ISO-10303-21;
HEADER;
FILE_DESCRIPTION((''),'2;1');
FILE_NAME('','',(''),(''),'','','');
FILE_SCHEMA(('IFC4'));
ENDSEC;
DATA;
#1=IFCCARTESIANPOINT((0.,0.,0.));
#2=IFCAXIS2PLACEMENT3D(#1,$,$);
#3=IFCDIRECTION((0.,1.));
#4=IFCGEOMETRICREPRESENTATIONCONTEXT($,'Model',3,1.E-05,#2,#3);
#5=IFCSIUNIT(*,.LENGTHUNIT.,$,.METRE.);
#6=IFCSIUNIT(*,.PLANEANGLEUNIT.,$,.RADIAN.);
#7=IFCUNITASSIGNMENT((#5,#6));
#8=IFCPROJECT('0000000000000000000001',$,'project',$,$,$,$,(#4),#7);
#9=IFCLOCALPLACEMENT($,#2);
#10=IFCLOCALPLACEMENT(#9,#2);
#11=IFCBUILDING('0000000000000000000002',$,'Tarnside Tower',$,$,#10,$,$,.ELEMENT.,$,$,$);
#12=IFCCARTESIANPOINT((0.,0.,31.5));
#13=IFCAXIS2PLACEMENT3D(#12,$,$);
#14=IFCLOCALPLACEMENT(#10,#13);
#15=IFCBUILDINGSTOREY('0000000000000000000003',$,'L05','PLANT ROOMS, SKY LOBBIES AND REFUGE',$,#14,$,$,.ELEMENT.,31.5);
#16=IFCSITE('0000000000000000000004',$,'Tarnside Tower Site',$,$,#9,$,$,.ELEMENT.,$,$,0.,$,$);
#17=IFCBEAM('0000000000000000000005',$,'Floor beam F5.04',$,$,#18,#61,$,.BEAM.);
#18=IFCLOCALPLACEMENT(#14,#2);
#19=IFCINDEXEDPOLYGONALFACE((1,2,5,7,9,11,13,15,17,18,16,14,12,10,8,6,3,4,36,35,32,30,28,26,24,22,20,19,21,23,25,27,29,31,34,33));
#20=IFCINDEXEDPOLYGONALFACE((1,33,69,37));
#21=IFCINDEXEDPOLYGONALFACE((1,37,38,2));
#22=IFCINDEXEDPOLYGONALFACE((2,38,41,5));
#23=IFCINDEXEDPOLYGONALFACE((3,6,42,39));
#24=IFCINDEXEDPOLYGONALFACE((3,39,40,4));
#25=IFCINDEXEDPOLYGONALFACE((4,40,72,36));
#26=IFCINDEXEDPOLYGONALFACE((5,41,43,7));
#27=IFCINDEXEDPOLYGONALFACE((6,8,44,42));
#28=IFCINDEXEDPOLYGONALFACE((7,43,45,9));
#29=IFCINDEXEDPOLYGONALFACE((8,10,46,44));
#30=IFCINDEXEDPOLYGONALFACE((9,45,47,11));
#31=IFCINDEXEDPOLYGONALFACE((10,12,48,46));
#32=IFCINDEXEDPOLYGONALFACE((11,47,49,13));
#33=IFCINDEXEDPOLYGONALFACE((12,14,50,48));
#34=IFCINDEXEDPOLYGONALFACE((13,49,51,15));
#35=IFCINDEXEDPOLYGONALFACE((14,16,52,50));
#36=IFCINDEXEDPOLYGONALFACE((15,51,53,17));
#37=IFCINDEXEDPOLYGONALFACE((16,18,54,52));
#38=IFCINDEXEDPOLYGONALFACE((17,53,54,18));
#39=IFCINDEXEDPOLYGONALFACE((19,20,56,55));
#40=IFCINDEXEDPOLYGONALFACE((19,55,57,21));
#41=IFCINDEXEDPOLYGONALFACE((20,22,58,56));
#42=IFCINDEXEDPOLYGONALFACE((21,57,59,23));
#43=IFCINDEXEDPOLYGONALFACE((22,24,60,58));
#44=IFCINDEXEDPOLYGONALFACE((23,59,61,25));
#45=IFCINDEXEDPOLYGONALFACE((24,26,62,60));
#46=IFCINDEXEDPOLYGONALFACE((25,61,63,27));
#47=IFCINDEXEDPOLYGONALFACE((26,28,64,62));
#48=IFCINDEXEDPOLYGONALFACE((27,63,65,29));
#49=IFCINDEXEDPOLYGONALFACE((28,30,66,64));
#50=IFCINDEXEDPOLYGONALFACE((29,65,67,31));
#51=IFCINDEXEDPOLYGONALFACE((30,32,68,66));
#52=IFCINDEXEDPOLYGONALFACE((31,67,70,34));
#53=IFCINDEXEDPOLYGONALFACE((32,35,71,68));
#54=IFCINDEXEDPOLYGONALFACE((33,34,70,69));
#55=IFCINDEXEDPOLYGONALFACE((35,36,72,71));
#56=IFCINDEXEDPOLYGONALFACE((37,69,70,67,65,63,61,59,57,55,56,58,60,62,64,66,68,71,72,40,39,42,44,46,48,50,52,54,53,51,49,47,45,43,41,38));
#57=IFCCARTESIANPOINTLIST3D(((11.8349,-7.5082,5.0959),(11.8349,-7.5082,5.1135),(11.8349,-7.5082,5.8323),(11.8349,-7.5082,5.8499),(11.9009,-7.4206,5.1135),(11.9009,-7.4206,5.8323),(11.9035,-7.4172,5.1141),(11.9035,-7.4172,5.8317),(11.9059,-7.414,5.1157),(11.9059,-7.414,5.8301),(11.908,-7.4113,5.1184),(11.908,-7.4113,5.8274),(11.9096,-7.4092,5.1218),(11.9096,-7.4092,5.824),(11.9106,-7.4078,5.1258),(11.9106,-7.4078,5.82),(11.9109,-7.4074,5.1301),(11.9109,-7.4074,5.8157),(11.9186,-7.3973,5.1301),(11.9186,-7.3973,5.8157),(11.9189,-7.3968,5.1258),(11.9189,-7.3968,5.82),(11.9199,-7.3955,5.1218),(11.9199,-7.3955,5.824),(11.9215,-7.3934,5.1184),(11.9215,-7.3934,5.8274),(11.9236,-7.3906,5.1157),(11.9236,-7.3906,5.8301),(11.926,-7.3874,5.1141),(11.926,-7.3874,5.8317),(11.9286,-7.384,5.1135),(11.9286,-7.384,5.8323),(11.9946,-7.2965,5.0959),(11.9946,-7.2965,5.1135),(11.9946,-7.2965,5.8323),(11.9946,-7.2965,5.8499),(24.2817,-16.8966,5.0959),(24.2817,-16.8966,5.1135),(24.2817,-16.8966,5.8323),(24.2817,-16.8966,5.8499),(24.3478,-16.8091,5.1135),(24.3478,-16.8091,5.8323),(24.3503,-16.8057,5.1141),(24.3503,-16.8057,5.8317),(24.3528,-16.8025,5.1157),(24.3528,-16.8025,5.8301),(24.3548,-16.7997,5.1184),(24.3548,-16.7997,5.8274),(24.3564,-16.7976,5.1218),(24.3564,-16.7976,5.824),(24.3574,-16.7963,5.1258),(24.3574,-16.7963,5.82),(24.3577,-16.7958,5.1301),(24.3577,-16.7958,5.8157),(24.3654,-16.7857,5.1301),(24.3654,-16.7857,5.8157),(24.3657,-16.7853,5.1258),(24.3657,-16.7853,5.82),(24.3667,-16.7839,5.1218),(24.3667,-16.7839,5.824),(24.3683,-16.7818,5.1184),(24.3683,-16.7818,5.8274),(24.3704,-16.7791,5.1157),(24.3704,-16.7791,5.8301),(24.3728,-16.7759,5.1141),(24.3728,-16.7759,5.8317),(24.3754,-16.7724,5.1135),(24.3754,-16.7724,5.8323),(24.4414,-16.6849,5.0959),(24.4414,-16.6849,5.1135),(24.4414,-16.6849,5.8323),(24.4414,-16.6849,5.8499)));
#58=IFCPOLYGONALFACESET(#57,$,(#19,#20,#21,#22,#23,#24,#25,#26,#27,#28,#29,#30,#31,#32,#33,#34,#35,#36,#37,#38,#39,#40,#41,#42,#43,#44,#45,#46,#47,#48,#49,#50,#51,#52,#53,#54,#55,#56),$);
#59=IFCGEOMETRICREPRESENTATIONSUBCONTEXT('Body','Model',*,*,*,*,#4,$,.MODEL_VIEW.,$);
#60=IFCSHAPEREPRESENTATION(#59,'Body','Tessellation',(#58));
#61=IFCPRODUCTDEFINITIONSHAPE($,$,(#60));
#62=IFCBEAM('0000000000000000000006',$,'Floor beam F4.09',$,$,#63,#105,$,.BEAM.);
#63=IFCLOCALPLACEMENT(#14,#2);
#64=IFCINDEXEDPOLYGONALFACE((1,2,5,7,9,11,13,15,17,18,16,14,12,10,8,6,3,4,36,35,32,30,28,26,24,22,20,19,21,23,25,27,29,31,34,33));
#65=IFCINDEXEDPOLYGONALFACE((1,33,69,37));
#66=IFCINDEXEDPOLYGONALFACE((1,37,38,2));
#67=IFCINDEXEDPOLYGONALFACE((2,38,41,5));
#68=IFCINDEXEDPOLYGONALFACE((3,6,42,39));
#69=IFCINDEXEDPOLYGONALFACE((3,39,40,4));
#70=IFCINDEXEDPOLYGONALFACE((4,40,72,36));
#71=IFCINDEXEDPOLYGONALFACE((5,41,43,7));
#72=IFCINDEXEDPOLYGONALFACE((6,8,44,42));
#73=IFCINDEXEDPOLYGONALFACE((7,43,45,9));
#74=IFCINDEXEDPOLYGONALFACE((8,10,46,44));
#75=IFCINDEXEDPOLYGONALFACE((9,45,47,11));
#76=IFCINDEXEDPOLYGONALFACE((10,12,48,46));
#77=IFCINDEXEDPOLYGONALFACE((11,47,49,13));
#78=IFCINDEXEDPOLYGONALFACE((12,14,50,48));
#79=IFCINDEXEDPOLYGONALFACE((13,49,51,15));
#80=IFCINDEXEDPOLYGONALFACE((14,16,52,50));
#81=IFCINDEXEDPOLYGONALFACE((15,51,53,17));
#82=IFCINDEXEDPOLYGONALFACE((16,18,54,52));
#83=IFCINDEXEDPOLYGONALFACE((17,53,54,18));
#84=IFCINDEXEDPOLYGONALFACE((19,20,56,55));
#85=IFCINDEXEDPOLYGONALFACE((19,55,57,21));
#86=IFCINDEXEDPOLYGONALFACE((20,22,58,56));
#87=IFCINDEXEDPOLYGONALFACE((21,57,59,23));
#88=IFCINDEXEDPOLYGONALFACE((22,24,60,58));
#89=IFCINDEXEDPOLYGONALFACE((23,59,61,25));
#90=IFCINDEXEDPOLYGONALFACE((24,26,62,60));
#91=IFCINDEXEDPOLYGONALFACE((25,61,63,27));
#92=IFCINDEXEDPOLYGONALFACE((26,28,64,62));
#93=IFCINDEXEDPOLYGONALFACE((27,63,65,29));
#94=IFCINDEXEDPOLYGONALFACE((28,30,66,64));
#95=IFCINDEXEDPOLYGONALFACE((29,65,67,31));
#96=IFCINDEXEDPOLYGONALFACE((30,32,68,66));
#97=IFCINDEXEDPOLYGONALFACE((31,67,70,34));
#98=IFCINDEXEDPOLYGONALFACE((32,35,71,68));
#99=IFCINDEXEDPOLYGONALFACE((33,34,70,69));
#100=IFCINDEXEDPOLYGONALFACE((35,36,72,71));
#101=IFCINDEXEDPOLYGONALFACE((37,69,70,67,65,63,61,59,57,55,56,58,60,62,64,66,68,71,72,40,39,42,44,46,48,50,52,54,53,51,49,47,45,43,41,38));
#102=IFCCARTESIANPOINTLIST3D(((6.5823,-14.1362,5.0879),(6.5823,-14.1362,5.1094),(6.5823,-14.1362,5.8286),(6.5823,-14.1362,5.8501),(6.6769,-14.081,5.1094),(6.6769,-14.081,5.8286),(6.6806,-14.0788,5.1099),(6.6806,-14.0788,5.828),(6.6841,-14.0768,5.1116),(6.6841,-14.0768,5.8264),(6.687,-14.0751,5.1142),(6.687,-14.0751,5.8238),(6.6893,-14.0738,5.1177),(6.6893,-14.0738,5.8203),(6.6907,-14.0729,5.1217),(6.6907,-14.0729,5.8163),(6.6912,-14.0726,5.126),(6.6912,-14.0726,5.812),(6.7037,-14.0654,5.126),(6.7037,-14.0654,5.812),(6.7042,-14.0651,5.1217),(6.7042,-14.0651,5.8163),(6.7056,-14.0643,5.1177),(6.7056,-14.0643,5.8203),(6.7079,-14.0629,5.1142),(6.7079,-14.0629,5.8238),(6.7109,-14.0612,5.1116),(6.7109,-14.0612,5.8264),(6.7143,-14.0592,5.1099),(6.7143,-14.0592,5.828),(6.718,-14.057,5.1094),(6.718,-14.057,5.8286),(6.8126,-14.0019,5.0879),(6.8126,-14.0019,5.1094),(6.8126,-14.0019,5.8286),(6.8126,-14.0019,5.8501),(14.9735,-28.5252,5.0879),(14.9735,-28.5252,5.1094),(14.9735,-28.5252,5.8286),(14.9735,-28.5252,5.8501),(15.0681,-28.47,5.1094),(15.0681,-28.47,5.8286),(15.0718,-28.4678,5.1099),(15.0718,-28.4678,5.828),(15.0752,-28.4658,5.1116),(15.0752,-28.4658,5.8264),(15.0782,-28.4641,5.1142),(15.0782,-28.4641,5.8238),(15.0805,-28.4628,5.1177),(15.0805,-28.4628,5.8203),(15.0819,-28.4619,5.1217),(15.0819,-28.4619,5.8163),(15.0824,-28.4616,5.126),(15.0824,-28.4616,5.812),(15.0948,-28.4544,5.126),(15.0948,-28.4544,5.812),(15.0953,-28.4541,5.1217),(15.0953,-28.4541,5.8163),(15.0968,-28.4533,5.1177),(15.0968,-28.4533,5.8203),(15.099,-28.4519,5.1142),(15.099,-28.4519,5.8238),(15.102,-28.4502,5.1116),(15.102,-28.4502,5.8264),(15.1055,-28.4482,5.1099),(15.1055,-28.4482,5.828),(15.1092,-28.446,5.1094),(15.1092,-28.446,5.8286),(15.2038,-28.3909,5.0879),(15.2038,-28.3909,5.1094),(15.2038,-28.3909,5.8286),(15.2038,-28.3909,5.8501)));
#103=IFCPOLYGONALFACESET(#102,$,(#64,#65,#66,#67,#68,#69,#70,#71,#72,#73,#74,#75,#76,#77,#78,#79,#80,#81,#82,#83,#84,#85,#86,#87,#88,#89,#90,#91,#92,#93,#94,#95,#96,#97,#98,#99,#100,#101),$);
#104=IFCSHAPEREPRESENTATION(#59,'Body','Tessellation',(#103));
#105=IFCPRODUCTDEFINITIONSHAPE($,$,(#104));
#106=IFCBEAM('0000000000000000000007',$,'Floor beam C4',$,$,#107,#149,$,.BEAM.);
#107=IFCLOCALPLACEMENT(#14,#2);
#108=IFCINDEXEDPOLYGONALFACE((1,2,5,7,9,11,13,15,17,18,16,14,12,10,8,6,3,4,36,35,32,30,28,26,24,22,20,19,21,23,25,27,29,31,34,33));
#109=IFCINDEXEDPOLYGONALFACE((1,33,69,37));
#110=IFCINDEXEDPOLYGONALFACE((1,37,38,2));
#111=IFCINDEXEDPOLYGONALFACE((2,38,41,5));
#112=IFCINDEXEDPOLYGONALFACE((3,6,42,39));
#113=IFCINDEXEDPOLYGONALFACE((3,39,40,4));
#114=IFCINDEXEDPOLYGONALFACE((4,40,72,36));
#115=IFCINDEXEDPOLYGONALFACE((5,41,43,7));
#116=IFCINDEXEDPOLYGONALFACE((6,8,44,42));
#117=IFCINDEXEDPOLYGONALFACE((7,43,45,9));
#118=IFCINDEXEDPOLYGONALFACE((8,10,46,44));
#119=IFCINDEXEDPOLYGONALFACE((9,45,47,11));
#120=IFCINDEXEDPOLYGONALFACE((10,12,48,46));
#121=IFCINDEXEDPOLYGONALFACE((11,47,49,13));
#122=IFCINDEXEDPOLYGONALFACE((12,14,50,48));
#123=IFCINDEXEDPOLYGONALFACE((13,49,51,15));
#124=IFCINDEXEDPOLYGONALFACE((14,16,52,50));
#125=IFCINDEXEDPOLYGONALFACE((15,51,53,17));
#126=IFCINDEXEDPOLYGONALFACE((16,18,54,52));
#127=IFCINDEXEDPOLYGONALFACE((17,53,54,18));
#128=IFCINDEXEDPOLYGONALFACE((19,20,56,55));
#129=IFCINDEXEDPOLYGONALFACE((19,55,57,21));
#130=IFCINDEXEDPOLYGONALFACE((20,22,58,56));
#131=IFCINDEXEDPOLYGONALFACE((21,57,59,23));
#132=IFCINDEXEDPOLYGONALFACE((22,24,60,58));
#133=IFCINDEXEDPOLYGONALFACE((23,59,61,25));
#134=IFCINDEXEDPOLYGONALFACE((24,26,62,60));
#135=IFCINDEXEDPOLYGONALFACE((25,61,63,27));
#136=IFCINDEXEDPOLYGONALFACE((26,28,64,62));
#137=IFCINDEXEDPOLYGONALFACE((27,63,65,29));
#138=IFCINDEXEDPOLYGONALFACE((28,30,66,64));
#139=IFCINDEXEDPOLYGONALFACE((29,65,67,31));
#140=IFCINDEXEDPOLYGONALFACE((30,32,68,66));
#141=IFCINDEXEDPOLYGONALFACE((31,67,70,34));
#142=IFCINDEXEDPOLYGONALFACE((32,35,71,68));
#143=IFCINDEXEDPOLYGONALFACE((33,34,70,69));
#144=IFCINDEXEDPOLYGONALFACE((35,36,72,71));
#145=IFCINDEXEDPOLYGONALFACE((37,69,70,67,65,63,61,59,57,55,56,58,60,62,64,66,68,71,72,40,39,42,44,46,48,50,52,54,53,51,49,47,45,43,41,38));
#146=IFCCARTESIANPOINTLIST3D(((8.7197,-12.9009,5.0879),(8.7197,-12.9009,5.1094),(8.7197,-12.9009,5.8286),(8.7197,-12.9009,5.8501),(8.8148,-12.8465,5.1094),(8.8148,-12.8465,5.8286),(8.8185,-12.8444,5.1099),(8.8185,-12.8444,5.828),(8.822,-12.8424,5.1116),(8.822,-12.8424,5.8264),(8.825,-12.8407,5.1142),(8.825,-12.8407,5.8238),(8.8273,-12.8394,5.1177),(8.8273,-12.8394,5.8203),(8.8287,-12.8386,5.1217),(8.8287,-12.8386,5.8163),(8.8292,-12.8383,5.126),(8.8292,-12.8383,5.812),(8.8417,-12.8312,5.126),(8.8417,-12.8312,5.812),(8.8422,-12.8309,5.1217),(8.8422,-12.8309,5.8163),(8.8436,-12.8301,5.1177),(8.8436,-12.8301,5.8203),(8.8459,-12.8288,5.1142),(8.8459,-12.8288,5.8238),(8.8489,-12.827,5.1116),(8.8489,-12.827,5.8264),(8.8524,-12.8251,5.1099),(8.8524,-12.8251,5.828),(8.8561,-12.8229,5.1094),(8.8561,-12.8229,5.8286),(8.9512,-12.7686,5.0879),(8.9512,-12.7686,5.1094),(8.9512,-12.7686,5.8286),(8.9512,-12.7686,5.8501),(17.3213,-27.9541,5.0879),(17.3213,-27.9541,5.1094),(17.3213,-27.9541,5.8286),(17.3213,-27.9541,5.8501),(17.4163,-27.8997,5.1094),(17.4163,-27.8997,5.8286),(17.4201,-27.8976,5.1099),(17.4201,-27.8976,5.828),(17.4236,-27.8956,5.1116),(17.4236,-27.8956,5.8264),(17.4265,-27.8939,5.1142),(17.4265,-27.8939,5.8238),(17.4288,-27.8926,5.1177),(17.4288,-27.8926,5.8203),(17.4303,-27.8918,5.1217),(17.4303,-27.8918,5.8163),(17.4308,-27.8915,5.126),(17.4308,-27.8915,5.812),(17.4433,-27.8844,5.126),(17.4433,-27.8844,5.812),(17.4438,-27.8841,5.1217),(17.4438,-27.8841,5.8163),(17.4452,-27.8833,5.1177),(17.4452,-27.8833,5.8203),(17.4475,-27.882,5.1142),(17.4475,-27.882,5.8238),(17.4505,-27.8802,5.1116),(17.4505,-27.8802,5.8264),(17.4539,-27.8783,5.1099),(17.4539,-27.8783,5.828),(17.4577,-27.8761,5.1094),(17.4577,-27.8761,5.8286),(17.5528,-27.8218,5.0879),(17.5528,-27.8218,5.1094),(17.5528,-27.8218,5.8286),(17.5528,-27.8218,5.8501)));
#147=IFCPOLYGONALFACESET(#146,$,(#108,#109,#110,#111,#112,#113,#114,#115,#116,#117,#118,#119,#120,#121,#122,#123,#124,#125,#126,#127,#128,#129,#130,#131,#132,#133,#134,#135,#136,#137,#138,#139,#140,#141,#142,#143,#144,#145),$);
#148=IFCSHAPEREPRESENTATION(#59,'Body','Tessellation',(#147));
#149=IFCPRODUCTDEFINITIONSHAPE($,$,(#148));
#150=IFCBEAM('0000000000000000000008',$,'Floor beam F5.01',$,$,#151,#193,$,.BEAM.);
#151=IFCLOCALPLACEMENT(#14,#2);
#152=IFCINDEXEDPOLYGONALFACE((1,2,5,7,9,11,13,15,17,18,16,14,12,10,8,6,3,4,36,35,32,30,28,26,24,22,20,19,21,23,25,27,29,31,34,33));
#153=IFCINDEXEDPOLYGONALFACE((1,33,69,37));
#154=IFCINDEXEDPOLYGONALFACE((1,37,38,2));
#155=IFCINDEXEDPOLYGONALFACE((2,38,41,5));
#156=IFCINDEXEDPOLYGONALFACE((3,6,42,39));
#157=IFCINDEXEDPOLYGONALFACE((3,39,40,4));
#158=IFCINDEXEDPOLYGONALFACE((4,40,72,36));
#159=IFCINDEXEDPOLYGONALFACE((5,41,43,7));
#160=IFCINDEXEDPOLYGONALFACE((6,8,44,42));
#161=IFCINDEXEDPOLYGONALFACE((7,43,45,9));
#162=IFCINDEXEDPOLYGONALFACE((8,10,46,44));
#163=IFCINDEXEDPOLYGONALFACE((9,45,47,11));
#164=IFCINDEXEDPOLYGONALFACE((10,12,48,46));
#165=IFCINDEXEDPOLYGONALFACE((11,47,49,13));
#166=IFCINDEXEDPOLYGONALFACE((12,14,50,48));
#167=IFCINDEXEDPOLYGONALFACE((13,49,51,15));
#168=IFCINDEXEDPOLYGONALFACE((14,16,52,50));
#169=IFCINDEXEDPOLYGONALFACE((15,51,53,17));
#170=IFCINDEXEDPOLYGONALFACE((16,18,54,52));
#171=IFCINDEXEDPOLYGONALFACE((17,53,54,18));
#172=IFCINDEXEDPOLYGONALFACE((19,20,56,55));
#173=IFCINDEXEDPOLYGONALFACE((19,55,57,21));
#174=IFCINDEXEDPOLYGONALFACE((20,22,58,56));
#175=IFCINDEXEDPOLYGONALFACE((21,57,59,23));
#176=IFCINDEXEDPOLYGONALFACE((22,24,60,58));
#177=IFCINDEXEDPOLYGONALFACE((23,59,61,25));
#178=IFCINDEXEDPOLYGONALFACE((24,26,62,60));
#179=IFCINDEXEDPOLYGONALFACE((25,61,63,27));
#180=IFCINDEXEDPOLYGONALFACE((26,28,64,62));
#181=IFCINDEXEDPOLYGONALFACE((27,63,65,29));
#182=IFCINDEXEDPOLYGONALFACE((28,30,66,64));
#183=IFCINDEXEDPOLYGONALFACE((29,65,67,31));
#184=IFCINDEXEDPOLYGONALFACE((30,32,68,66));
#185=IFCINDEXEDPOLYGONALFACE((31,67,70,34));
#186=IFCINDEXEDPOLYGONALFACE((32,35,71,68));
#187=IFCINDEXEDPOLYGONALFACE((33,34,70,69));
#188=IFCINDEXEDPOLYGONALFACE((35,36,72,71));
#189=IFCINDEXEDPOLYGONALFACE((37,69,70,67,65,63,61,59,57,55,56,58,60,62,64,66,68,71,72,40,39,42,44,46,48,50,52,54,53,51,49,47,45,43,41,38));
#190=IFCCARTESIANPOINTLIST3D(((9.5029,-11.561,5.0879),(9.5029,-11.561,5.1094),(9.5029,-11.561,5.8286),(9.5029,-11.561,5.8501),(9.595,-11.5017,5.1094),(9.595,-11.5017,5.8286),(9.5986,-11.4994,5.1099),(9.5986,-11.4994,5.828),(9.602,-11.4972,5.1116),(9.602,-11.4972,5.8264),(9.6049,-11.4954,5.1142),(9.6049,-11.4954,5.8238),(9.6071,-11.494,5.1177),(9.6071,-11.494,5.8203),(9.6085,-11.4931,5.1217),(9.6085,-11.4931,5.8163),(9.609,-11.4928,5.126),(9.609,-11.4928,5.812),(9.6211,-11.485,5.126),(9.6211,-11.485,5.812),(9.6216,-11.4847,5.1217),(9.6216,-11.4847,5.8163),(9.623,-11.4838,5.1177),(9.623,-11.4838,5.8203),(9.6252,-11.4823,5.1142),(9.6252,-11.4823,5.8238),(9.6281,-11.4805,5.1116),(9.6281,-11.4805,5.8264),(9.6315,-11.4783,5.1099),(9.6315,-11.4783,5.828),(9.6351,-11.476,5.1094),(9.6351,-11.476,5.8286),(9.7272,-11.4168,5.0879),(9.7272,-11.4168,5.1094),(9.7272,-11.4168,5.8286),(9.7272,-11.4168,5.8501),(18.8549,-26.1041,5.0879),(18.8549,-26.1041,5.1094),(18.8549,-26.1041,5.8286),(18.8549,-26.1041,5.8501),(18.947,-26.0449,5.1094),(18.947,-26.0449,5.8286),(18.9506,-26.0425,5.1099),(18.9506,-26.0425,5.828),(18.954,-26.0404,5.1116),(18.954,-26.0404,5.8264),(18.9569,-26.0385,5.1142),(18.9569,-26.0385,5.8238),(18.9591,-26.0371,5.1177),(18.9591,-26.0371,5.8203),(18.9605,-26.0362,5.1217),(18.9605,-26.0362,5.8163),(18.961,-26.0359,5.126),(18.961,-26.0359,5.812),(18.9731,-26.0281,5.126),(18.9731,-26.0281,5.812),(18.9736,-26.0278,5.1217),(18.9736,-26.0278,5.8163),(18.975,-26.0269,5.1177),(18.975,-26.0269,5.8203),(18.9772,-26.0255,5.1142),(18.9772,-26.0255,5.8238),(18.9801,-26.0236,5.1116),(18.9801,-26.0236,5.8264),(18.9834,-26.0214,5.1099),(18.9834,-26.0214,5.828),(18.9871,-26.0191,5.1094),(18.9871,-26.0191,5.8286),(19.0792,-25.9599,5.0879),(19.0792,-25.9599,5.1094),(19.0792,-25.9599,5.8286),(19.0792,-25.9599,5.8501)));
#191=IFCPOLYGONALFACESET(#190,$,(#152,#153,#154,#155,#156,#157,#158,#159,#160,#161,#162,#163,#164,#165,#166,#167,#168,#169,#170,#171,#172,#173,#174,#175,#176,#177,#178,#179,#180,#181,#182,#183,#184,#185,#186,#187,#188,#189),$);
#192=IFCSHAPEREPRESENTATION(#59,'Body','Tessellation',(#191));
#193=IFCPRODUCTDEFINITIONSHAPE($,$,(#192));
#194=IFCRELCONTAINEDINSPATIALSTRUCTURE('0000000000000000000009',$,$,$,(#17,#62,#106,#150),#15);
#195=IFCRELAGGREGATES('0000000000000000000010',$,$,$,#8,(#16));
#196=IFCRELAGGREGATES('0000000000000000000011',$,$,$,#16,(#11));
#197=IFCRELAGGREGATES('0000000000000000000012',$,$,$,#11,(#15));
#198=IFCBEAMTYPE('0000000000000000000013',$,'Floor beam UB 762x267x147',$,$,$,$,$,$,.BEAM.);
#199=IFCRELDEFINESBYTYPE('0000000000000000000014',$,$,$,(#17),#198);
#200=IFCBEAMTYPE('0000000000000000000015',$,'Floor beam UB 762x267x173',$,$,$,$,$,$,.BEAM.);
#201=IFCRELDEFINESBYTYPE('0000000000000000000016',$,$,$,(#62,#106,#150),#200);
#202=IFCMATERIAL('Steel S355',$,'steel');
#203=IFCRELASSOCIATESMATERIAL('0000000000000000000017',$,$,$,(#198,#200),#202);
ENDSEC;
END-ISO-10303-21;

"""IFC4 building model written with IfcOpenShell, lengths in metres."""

from ifc_helpers import new_model, si_unit, direction, frame, origin, origin_2d, place, context, subcontext, project, spatial, i_section, extrude, material, material_profile, profile_set, type_object, element, save


model = new_model("IFC4")

# Units and contexts
model_context = context("Model", 3, precision=1e-05, world=origin(), true_north=direction((0.0, 1.0)))
body_context = subcontext(model_context, "Body", "Model", "MODEL_VIEW")
ifc_project = project(units=[si_unit("LENGTHUNIT", "METRE"), si_unit("PLANEANGLEUNIT", "RADIAN")], contexts=[model_context])

# Site, building, storey
site_placement = place(None, origin())
site = spatial("IfcSite", under=ifc_project, at=site_placement, Name="Tarnside Tower Site", CompositionType="ELEMENT", RefElevation=0.0)
building_placement = place(site_placement, origin())
building = spatial("IfcBuilding", under=site, at=building_placement, Name="Tarnside Tower", CompositionType="ELEMENT")
storey_placement = place(building_placement, frame((0.0, 0.0, 31.5)))
storey = spatial("IfcBuildingStorey", under=building, at=storey_placement, Name="L05", Description="PLANT ROOMS, SKY LOBBIES AND REFUGE", CompositionType="ELEMENT", Elevation=31.5)

# Beams
ifc_material_1 = material(Name="Steel S355", Category="steel")
ifc_material_profile_1 = material_profile(ifc_material_1, i_section(OverallWidth=0.2651, OverallDepth=0.7539, WebThickness=0.0127, FlangeThickness=0.0176, FilletRadius=0.0166, at=origin_2d()), Name="UB 762x267x147")
ifc_profile_set_1 = profile_set([ifc_material_profile_1], Name="Steel S355")
beam_type_1 = type_object("IfcBeamType", Name="Floor beam UB 762x267x147", PredefinedType="BEAM", material=ifc_profile_set_1)
beam_1_placement = place(storey_placement, frame((24.3616, -16.7908, 5.4729), z_axis=(-0.798355, 0.602188, 0.0), x_axis=(-0.602188, -0.798355, 0.0)))
element("IfcBeam", 1, at=beam_1_placement, inside=storey, type_object=beam_type_1, Name="Floor beam F5.04", PredefinedType="BEAM", context=body_context, shape_type="SweptSolid", body=[
    extrude(i_section(OverallWidth=0.2651, OverallDepth=0.7539, WebThickness=0.0127, FlangeThickness=0.0176, FilletRadius=0.0166, at=origin_2d()), origin(), (0.0, 0.0, 1.0), 15.5906),
])
ifc_material_profile_2 = material_profile(ifc_material_1, i_section(OverallWidth=0.2666, OverallDepth=0.7622, WebThickness=0.0144, FlangeThickness=0.0215, FilletRadius=0.0166, at=origin_2d()), Name="UB 762x267x173")
ifc_profile_set_2 = profile_set([ifc_material_profile_2], Name="Steel S355")
beam_type_2 = type_object("IfcBeamType", Name="Floor beam UB 762x267x173", PredefinedType="BEAM", material=ifc_profile_set_2)
beam_2_placement = place(storey_placement, frame((15.0886, -28.458, 5.469), z_axis=(-0.503763, 0.863842, 0.0), x_axis=(-0.863842, -0.503763, 0.0)))
element("IfcBeam", 2, at=beam_2_placement, inside=storey, type_object=beam_type_2, Name="Floor beam F4.09", PredefinedType="BEAM", context=body_context, shape_type="SweptSolid", body=[
    extrude(i_section(OverallWidth=0.2666, OverallDepth=0.7622, WebThickness=0.0144, FlangeThickness=0.0215, FilletRadius=0.0166, at=origin_2d()), origin(), (0.0, 0.0, 1.0), 16.657),
])
beam_3_placement = place(storey_placement, frame((17.437, -27.8879, 5.469), z_axis=(-0.496127, 0.86825, 0.0), x_axis=(-0.86825, -0.496127, 0.0)))
element("IfcBeam", 3, at=beam_3_placement, inside=storey, type_object=beam_type_2, Name="Floor beam C4", PredefinedType="BEAM", context=body_context, shape_type="SweptSolid", body=[
    extrude(i_section(OverallWidth=0.2666, OverallDepth=0.7622, WebThickness=0.0144, FlangeThickness=0.0215, FilletRadius=0.0166, at=origin_2d()), origin(), (0.0, 0.0, 1.0), 17.3374),
])
beam_4_placement = place(storey_placement, frame((18.967, -26.032, 5.469), z_axis=(-0.540874, 0.841104, 0.0), x_axis=(-0.841104, -0.540874, 0.0)))
element("IfcBeam", 4, at=beam_4_placement, inside=storey, type_object=beam_type_2, Name="Floor beam F5.01", PredefinedType="BEAM", context=body_context, shape_type="SweptSolid", body=[
    extrude(i_section(OverallWidth=0.2666, OverallDepth=0.7622, WebThickness=0.0144, FlangeThickness=0.0215, FilletRadius=0.0166, at=origin_2d()), origin(), (0.0, 0.0, 1.0), 17.2905),
])

save(model, "model.ifc")
